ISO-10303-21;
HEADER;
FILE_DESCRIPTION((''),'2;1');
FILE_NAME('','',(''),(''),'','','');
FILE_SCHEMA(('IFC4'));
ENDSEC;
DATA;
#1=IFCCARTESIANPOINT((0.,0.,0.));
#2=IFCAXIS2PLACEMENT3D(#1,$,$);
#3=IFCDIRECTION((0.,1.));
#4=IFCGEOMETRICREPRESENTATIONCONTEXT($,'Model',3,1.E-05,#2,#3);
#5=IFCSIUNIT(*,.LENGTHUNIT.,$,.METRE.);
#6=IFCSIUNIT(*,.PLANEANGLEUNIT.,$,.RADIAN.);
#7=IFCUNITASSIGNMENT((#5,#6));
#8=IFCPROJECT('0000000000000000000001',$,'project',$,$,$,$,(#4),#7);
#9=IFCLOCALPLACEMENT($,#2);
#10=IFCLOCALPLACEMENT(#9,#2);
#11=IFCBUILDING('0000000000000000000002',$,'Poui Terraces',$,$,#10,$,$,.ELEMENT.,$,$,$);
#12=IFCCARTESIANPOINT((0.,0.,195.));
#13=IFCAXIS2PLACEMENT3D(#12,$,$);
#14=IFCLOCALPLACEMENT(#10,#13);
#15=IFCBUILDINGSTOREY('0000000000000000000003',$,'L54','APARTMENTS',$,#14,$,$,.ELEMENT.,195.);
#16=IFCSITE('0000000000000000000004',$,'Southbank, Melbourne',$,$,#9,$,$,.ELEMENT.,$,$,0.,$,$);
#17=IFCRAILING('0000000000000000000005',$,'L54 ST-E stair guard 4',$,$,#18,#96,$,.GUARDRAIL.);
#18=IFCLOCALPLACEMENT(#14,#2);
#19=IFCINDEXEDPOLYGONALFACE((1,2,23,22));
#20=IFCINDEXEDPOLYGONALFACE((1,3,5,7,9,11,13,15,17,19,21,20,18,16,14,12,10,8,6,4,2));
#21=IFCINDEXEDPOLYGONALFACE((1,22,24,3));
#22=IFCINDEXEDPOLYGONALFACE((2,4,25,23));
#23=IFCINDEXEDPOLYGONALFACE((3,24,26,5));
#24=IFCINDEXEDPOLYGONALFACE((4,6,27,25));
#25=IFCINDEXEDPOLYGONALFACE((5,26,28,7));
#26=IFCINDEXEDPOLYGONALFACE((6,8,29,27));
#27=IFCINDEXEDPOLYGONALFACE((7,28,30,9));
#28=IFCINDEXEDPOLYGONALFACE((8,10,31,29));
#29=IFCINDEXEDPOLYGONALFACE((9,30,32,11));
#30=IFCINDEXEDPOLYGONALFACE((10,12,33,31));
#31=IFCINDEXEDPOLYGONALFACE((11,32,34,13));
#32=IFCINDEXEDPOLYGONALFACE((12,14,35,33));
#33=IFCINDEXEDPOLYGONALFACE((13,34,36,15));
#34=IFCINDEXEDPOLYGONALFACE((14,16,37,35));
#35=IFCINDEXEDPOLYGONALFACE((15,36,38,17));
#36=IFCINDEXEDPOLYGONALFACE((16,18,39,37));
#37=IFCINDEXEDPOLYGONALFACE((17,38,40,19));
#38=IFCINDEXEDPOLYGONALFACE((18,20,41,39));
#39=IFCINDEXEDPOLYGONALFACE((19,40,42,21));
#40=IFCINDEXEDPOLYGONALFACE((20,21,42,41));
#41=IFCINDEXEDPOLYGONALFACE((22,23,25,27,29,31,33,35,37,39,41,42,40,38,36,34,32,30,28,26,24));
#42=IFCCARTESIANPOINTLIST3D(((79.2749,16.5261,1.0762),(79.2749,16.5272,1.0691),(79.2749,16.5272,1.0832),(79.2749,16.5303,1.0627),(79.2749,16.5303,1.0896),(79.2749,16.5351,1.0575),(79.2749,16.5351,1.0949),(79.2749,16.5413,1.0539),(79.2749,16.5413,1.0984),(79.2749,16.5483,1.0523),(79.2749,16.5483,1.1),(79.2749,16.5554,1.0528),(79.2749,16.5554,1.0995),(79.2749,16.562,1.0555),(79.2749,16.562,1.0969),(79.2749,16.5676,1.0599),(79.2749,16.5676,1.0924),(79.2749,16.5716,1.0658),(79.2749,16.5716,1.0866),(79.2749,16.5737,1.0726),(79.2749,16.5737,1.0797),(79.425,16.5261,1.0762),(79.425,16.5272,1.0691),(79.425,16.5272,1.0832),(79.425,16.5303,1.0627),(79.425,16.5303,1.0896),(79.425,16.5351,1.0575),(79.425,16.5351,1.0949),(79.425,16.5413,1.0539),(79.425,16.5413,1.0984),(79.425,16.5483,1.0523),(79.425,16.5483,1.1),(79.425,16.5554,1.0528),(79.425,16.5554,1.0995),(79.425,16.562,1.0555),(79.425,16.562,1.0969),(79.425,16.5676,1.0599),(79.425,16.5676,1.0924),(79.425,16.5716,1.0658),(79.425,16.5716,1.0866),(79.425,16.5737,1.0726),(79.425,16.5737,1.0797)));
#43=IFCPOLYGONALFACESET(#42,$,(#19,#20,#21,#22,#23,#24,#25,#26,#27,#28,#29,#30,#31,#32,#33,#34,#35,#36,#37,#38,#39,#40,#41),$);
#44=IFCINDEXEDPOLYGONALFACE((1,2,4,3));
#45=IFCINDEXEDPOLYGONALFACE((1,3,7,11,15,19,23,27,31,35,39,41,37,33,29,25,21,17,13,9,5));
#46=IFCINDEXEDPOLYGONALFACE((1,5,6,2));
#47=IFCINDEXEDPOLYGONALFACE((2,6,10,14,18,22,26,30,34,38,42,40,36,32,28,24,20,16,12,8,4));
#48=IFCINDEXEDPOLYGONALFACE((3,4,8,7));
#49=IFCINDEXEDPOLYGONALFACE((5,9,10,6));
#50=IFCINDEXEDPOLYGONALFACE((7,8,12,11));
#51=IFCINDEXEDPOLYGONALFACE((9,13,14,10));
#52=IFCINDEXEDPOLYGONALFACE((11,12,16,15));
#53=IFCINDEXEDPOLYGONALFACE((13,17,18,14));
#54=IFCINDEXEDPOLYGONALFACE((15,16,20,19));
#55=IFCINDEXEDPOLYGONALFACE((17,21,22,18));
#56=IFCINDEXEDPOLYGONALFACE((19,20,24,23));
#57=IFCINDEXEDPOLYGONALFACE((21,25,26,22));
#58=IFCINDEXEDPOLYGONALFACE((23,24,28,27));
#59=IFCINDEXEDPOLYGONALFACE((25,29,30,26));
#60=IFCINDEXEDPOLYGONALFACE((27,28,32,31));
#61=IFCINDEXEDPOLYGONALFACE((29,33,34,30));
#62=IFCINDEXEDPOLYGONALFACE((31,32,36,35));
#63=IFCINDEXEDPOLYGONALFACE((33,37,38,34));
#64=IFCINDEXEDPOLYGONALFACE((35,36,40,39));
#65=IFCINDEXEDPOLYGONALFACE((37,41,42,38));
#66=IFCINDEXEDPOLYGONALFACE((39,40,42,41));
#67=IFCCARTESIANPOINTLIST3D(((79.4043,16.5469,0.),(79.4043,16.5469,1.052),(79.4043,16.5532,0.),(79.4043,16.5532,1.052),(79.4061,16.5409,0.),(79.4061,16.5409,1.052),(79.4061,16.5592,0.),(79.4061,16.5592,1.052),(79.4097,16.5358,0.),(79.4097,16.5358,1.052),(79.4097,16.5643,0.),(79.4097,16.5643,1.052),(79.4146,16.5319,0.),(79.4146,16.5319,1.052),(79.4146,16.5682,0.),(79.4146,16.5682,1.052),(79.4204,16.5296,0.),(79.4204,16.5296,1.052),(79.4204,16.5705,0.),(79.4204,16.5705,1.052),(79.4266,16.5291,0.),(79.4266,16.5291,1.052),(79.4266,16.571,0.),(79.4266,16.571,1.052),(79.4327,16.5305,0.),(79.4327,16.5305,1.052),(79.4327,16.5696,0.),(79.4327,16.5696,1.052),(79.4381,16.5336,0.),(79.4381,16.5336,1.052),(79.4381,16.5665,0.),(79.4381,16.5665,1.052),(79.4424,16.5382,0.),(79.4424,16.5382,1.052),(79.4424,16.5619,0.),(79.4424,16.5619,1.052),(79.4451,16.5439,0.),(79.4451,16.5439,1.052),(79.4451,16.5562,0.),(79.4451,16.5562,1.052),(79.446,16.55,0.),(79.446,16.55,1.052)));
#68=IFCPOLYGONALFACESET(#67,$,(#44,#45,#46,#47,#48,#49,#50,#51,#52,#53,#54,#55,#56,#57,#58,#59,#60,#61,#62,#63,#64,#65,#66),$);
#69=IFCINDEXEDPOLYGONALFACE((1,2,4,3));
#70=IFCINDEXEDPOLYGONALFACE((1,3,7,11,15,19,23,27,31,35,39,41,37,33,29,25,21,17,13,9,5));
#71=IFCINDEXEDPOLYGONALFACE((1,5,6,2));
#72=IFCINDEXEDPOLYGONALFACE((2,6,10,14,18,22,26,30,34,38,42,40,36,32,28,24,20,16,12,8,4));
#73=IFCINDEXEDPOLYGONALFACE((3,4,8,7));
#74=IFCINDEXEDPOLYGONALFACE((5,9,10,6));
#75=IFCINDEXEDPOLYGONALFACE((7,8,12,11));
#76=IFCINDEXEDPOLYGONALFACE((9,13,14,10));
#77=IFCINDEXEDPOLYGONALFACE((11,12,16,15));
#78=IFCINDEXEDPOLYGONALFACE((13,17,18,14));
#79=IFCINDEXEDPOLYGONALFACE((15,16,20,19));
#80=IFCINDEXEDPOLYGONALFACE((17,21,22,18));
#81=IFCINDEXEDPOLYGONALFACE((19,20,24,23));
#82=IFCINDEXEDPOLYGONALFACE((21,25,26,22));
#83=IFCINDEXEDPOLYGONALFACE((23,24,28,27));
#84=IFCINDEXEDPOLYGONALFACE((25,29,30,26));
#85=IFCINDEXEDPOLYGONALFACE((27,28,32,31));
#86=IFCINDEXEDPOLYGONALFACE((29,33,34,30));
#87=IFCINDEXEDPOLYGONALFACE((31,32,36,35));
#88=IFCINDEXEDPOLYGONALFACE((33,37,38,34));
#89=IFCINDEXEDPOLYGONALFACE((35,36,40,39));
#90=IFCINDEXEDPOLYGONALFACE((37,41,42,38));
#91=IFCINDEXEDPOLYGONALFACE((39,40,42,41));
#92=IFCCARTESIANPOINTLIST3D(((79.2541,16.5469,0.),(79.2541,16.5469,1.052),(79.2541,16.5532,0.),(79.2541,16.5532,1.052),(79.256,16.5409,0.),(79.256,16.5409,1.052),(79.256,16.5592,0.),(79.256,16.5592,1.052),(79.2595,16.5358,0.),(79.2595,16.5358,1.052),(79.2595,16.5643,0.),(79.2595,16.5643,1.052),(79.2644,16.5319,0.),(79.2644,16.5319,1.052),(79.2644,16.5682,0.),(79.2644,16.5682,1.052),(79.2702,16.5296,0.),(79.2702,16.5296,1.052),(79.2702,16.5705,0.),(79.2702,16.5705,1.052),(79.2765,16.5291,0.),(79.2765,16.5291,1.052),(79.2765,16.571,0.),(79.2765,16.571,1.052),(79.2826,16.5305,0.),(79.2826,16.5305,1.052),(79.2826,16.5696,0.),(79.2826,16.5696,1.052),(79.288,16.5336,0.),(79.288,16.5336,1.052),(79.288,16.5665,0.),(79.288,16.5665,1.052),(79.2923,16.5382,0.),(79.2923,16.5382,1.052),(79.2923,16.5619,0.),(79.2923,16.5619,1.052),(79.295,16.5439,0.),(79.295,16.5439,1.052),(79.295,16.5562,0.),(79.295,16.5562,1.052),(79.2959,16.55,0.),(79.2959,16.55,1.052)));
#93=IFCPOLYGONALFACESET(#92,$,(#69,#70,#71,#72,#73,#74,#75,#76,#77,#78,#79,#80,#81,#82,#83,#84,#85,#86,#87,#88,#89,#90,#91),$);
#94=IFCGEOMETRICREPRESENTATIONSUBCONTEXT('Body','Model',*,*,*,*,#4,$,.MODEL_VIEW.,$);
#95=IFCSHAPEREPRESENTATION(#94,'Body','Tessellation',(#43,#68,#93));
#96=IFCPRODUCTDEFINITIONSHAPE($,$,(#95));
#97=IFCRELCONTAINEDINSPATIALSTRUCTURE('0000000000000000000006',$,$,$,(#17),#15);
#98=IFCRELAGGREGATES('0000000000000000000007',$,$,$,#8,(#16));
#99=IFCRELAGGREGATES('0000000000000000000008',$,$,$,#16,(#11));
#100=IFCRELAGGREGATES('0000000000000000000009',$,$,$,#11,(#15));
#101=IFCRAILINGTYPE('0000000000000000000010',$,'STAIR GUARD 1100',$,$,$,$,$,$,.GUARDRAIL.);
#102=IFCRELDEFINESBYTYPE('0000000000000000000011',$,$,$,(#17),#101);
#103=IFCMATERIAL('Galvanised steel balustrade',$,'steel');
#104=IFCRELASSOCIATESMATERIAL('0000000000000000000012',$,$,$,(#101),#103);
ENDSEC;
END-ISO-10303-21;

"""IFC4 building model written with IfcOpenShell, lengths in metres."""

from ifc_helpers import new_model, si_unit, direction, frame, origin, origin_2d, place, context, subcontext, project, spatial, circle, extrude, material, type_object, element, save


model = new_model("IFC4")

# Units and contexts
model_context = context("Model", 3, precision=1e-05, world=origin(), true_north=direction((0.0, 1.0)))
body_context = subcontext(model_context, "Body", "Model", "MODEL_VIEW")
ifc_project = project(units=[si_unit("LENGTHUNIT", "METRE"), si_unit("PLANEANGLEUNIT", "RADIAN")], contexts=[model_context])

# Site, building, storey
site_placement = place(None, origin())
site = spatial("IfcSite", under=ifc_project, at=site_placement, Name="Southbank, Melbourne", CompositionType="ELEMENT", RefElevation=0.0)
building_placement = place(site_placement, origin())
building = spatial("IfcBuilding", under=site, at=building_placement, Name="Poui Terraces", CompositionType="ELEMENT")
storey_placement = place(building_placement, frame((0.0, 0.0, 195.0)))
storey = spatial("IfcBuildingStorey", under=building, at=storey_placement, Name="L54", Description="APARTMENTS", CompositionType="ELEMENT", Elevation=195.0)

# Railing
ifc_material_1 = material(Name="Galvanised steel balustrade", Category="steel")
railing_type_1 = type_object("IfcRailingType", Name="STAIR GUARD 1100", PredefinedType="GUARDRAIL", material=ifc_material_1)
railing_1_placement = place(storey_placement, frame((79.425, 16.55, 0.0)))
element("IfcRailing", 1, at=railing_1_placement, inside=storey, type_object=railing_type_1, Name="L54 ST-E stair guard 4", PredefinedType="GUARDRAIL", context=body_context, shape_type="SweptSolid", body=[
    extrude(circle(Radius=0.0239, at=origin_2d()), frame((0.0, 0.0, 1.0762), z_axis=(-1.0, 0.0, 0.0), x_axis=(0.0, -1.0, 0.0)), (0.0, 0.0, 1.0), 0.1501),
    extrude(circle(Radius=0.021, at=origin_2d()), origin(), (0.0, 0.0, 1.0), 1.052),
    extrude(circle(Radius=0.021, at=origin_2d()), frame((-0.1501, 0.0, 0.0)), (0.0, 0.0, 1.0), 1.052),
])

save(model, "model.ifc")
